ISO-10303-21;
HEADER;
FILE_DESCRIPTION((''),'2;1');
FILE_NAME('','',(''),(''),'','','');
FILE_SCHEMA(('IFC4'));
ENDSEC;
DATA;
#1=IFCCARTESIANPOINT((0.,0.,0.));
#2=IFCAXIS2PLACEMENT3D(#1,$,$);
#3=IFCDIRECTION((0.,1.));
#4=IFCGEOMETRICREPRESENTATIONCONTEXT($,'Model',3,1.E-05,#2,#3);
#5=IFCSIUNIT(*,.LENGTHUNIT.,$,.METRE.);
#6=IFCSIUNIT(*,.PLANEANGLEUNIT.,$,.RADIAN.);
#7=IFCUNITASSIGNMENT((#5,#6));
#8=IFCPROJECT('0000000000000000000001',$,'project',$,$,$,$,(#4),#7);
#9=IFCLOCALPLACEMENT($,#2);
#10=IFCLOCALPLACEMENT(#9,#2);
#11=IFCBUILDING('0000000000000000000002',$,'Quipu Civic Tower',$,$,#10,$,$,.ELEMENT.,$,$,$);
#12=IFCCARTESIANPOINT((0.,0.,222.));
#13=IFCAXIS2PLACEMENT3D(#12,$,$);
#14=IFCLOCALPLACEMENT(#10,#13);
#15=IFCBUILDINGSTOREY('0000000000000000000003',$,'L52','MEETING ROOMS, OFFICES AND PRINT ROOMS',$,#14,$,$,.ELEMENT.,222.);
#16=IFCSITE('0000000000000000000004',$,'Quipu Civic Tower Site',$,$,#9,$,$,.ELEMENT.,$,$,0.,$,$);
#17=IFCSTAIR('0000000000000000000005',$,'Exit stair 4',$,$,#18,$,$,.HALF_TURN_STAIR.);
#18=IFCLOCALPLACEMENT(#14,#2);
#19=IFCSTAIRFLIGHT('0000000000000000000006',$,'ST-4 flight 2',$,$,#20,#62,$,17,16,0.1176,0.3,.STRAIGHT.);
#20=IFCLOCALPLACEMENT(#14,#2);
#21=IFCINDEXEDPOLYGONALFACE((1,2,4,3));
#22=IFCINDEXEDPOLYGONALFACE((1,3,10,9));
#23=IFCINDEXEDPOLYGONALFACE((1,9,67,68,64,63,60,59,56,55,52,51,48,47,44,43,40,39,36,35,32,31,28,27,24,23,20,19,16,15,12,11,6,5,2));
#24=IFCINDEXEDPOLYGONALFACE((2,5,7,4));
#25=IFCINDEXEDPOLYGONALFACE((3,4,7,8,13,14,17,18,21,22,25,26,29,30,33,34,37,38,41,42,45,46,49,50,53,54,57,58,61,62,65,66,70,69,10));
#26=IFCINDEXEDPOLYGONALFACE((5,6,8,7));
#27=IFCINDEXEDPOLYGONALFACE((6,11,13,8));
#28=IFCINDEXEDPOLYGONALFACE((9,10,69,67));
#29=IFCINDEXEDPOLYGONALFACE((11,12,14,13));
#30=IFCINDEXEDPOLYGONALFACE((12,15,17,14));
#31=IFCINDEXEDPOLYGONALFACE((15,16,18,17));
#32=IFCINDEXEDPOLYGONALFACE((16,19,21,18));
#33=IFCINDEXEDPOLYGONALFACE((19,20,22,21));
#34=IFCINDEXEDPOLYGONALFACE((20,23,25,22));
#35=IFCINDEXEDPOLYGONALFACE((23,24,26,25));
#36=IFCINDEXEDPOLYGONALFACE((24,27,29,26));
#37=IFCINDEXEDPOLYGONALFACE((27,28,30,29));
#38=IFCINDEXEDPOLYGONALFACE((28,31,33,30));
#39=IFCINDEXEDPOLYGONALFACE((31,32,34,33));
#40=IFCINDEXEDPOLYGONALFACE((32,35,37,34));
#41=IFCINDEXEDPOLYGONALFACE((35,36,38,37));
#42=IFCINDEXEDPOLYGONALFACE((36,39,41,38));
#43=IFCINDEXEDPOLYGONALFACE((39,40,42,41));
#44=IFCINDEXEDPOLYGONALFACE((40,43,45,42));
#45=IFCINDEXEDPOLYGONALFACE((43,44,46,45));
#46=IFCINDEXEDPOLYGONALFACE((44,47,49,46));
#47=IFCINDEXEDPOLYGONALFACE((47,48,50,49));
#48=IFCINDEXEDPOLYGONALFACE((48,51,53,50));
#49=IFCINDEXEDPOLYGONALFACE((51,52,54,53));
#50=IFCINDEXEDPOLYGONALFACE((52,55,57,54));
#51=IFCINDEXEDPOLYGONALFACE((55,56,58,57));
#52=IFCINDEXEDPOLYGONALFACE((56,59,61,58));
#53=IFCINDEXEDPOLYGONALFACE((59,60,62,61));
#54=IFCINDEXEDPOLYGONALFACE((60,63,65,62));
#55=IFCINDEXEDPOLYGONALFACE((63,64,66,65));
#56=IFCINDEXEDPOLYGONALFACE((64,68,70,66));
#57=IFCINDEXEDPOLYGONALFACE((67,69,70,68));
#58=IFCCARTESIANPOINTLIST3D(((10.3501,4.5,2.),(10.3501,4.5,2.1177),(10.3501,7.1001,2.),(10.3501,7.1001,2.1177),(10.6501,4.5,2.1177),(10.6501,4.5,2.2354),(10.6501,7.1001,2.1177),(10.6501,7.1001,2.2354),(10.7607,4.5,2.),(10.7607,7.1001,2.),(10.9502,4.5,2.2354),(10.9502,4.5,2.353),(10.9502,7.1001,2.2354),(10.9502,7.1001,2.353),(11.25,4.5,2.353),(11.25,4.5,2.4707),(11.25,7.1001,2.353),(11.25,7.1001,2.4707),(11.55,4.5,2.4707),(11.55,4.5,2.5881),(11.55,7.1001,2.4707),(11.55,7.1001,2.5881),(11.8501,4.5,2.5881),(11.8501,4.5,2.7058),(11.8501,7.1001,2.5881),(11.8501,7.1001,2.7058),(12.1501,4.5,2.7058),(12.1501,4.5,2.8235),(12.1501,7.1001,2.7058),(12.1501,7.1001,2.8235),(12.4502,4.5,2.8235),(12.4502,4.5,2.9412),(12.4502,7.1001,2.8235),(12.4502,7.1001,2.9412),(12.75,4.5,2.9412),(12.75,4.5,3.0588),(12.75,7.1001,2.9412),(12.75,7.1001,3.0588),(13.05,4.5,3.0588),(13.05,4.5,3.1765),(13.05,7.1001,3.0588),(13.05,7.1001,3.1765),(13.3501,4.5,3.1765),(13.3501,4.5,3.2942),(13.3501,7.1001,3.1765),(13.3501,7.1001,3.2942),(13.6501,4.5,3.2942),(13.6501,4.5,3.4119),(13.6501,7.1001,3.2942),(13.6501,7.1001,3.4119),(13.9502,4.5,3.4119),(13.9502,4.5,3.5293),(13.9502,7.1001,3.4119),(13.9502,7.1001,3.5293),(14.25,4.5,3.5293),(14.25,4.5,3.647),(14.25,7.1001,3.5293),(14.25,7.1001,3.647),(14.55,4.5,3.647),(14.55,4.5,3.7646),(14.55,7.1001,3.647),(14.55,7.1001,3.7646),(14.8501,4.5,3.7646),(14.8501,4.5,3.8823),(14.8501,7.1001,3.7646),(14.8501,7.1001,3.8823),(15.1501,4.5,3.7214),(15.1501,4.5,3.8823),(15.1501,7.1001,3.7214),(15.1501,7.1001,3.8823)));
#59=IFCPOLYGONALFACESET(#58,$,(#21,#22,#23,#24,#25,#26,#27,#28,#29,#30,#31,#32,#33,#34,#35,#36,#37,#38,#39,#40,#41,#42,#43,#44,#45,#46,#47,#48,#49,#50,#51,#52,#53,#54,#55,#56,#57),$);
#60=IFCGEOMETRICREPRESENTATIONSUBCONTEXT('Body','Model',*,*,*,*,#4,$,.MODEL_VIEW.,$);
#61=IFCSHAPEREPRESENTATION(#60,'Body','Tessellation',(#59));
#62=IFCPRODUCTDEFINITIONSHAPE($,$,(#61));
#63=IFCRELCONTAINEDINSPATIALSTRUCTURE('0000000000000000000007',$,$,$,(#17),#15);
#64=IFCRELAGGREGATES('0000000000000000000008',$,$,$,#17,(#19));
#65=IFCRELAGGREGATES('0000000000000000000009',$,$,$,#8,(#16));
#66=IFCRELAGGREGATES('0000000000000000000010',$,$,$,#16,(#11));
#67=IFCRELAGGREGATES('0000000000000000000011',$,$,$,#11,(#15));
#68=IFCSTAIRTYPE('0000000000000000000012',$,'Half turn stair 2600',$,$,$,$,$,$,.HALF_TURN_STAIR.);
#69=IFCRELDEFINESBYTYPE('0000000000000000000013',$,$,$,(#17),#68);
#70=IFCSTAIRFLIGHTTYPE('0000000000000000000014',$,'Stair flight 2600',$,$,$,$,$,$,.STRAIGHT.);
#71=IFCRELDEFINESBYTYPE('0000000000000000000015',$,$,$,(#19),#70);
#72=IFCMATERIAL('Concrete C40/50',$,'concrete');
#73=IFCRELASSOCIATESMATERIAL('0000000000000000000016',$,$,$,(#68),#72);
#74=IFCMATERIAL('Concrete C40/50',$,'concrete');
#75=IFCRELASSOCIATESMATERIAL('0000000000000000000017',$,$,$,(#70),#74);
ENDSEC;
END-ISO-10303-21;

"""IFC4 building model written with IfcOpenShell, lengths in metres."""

from ifc_helpers import new_model, si_unit, direction, frame, origin, place, context, subcontext, project, spatial, polyline, outline, extrude, material, type_object, element, aggregate, save


model = new_model("IFC4")

# Units and contexts
model_context = context("Model", 3, precision=1e-05, world=origin(), true_north=direction((0.0, 1.0)))
body_context = subcontext(model_context, "Body", "Model", "MODEL_VIEW")
ifc_project = project(units=[si_unit("LENGTHUNIT", "METRE"), si_unit("PLANEANGLEUNIT", "RADIAN")], contexts=[model_context])

# Site, building, storey
site_placement = place(None, origin())
site = spatial("IfcSite", under=ifc_project, at=site_placement, Name="Quipu Civic Tower Site", CompositionType="ELEMENT", RefElevation=0.0)
building_placement = place(site_placement, origin())
building = spatial("IfcBuilding", under=site, at=building_placement, Name="Quipu Civic Tower", CompositionType="ELEMENT")
storey_placement = place(building_placement, frame((0.0, 0.0, 222.0)))
storey = spatial("IfcBuildingStorey", under=building, at=storey_placement, Name="L52", Description="MEETING ROOMS, OFFICES AND PRINT ROOMS", CompositionType="ELEMENT", Elevation=222.0)

# Stair, stair flight
ifc_material_1 = material(Name="Concrete C40/50", Category="concrete")
stair_type = type_object("IfcStairType", Name="Half turn stair 2600", PredefinedType="HALF_TURN_STAIR", material=ifc_material_1)
stair_placement = place(storey_placement, origin())
stair = element("IfcStair", 1, at=stair_placement, inside=storey, type_object=stair_type, Name="Exit stair 4", PredefinedType="HALF_TURN_STAIR")
ifc_material_2 = material(Name="Concrete C40/50", Category="concrete")
stair_flight_type = type_object("IfcStairFlightType", Name="Stair flight 2600", PredefinedType="STRAIGHT", material=ifc_material_2)
stair_flight_1_placement = place(storey_placement, frame((10.3501, 5.8, 2.0), z_axis=(0.0, 0.0, 1.0), x_axis=(1.0, 0.0, 0.0)))
stair_flight_1 = element("IfcStairFlight", 2, at=stair_flight_1_placement, type_object=stair_flight_type, Name="ST-4 flight 2", NumberOfRisers=17, NumberOfTreads=16, PredefinedType="STRAIGHT", RiserHeight=0.1176, TreadLength=0.3, context=body_context, shape_type="SweptSolid", body=[
    extrude(outline(polyline([(0.0, 0.0), (0.0, 0.1177), (0.3, 0.1177), (0.3, 0.2354), (0.6001, 0.2354), (0.6001, 0.353), (0.8999, 0.353), (0.8999, 0.4707), (1.2, 0.4707), (1.2, 0.5881), (1.5, 0.5881), (1.5, 0.7058), (1.8, 0.7058), (1.8, 0.8235), (2.1001, 0.8235), (2.1001, 0.9412), (2.3999, 0.9412), (2.3999, 1.0588), (2.7, 1.0588), (2.7, 1.1765), (3.0, 1.1765), (3.0, 1.2942), (3.3, 1.2942), (3.3, 1.4119), (3.6001, 1.4119), (3.6001, 1.5293), (3.8999, 1.5293), (3.8999, 1.647), (4.2, 1.647), (4.2, 1.7646), (4.5, 1.7646), (4.5, 1.8823), (4.8, 1.8823), (4.8, 2.0), (4.8, 1.7214), (0.4106, 0.0), (0.0, 0.0)])), frame((0.0, 1.3, 0.0), z_axis=(0.0, -1.0, 0.0), x_axis=(1.0, 0.0, 0.0)), (0.0, 0.0, 1.0), 2.6001),
])
aggregate(stair, [stair_flight_1])

save(model, "model.ifc")
